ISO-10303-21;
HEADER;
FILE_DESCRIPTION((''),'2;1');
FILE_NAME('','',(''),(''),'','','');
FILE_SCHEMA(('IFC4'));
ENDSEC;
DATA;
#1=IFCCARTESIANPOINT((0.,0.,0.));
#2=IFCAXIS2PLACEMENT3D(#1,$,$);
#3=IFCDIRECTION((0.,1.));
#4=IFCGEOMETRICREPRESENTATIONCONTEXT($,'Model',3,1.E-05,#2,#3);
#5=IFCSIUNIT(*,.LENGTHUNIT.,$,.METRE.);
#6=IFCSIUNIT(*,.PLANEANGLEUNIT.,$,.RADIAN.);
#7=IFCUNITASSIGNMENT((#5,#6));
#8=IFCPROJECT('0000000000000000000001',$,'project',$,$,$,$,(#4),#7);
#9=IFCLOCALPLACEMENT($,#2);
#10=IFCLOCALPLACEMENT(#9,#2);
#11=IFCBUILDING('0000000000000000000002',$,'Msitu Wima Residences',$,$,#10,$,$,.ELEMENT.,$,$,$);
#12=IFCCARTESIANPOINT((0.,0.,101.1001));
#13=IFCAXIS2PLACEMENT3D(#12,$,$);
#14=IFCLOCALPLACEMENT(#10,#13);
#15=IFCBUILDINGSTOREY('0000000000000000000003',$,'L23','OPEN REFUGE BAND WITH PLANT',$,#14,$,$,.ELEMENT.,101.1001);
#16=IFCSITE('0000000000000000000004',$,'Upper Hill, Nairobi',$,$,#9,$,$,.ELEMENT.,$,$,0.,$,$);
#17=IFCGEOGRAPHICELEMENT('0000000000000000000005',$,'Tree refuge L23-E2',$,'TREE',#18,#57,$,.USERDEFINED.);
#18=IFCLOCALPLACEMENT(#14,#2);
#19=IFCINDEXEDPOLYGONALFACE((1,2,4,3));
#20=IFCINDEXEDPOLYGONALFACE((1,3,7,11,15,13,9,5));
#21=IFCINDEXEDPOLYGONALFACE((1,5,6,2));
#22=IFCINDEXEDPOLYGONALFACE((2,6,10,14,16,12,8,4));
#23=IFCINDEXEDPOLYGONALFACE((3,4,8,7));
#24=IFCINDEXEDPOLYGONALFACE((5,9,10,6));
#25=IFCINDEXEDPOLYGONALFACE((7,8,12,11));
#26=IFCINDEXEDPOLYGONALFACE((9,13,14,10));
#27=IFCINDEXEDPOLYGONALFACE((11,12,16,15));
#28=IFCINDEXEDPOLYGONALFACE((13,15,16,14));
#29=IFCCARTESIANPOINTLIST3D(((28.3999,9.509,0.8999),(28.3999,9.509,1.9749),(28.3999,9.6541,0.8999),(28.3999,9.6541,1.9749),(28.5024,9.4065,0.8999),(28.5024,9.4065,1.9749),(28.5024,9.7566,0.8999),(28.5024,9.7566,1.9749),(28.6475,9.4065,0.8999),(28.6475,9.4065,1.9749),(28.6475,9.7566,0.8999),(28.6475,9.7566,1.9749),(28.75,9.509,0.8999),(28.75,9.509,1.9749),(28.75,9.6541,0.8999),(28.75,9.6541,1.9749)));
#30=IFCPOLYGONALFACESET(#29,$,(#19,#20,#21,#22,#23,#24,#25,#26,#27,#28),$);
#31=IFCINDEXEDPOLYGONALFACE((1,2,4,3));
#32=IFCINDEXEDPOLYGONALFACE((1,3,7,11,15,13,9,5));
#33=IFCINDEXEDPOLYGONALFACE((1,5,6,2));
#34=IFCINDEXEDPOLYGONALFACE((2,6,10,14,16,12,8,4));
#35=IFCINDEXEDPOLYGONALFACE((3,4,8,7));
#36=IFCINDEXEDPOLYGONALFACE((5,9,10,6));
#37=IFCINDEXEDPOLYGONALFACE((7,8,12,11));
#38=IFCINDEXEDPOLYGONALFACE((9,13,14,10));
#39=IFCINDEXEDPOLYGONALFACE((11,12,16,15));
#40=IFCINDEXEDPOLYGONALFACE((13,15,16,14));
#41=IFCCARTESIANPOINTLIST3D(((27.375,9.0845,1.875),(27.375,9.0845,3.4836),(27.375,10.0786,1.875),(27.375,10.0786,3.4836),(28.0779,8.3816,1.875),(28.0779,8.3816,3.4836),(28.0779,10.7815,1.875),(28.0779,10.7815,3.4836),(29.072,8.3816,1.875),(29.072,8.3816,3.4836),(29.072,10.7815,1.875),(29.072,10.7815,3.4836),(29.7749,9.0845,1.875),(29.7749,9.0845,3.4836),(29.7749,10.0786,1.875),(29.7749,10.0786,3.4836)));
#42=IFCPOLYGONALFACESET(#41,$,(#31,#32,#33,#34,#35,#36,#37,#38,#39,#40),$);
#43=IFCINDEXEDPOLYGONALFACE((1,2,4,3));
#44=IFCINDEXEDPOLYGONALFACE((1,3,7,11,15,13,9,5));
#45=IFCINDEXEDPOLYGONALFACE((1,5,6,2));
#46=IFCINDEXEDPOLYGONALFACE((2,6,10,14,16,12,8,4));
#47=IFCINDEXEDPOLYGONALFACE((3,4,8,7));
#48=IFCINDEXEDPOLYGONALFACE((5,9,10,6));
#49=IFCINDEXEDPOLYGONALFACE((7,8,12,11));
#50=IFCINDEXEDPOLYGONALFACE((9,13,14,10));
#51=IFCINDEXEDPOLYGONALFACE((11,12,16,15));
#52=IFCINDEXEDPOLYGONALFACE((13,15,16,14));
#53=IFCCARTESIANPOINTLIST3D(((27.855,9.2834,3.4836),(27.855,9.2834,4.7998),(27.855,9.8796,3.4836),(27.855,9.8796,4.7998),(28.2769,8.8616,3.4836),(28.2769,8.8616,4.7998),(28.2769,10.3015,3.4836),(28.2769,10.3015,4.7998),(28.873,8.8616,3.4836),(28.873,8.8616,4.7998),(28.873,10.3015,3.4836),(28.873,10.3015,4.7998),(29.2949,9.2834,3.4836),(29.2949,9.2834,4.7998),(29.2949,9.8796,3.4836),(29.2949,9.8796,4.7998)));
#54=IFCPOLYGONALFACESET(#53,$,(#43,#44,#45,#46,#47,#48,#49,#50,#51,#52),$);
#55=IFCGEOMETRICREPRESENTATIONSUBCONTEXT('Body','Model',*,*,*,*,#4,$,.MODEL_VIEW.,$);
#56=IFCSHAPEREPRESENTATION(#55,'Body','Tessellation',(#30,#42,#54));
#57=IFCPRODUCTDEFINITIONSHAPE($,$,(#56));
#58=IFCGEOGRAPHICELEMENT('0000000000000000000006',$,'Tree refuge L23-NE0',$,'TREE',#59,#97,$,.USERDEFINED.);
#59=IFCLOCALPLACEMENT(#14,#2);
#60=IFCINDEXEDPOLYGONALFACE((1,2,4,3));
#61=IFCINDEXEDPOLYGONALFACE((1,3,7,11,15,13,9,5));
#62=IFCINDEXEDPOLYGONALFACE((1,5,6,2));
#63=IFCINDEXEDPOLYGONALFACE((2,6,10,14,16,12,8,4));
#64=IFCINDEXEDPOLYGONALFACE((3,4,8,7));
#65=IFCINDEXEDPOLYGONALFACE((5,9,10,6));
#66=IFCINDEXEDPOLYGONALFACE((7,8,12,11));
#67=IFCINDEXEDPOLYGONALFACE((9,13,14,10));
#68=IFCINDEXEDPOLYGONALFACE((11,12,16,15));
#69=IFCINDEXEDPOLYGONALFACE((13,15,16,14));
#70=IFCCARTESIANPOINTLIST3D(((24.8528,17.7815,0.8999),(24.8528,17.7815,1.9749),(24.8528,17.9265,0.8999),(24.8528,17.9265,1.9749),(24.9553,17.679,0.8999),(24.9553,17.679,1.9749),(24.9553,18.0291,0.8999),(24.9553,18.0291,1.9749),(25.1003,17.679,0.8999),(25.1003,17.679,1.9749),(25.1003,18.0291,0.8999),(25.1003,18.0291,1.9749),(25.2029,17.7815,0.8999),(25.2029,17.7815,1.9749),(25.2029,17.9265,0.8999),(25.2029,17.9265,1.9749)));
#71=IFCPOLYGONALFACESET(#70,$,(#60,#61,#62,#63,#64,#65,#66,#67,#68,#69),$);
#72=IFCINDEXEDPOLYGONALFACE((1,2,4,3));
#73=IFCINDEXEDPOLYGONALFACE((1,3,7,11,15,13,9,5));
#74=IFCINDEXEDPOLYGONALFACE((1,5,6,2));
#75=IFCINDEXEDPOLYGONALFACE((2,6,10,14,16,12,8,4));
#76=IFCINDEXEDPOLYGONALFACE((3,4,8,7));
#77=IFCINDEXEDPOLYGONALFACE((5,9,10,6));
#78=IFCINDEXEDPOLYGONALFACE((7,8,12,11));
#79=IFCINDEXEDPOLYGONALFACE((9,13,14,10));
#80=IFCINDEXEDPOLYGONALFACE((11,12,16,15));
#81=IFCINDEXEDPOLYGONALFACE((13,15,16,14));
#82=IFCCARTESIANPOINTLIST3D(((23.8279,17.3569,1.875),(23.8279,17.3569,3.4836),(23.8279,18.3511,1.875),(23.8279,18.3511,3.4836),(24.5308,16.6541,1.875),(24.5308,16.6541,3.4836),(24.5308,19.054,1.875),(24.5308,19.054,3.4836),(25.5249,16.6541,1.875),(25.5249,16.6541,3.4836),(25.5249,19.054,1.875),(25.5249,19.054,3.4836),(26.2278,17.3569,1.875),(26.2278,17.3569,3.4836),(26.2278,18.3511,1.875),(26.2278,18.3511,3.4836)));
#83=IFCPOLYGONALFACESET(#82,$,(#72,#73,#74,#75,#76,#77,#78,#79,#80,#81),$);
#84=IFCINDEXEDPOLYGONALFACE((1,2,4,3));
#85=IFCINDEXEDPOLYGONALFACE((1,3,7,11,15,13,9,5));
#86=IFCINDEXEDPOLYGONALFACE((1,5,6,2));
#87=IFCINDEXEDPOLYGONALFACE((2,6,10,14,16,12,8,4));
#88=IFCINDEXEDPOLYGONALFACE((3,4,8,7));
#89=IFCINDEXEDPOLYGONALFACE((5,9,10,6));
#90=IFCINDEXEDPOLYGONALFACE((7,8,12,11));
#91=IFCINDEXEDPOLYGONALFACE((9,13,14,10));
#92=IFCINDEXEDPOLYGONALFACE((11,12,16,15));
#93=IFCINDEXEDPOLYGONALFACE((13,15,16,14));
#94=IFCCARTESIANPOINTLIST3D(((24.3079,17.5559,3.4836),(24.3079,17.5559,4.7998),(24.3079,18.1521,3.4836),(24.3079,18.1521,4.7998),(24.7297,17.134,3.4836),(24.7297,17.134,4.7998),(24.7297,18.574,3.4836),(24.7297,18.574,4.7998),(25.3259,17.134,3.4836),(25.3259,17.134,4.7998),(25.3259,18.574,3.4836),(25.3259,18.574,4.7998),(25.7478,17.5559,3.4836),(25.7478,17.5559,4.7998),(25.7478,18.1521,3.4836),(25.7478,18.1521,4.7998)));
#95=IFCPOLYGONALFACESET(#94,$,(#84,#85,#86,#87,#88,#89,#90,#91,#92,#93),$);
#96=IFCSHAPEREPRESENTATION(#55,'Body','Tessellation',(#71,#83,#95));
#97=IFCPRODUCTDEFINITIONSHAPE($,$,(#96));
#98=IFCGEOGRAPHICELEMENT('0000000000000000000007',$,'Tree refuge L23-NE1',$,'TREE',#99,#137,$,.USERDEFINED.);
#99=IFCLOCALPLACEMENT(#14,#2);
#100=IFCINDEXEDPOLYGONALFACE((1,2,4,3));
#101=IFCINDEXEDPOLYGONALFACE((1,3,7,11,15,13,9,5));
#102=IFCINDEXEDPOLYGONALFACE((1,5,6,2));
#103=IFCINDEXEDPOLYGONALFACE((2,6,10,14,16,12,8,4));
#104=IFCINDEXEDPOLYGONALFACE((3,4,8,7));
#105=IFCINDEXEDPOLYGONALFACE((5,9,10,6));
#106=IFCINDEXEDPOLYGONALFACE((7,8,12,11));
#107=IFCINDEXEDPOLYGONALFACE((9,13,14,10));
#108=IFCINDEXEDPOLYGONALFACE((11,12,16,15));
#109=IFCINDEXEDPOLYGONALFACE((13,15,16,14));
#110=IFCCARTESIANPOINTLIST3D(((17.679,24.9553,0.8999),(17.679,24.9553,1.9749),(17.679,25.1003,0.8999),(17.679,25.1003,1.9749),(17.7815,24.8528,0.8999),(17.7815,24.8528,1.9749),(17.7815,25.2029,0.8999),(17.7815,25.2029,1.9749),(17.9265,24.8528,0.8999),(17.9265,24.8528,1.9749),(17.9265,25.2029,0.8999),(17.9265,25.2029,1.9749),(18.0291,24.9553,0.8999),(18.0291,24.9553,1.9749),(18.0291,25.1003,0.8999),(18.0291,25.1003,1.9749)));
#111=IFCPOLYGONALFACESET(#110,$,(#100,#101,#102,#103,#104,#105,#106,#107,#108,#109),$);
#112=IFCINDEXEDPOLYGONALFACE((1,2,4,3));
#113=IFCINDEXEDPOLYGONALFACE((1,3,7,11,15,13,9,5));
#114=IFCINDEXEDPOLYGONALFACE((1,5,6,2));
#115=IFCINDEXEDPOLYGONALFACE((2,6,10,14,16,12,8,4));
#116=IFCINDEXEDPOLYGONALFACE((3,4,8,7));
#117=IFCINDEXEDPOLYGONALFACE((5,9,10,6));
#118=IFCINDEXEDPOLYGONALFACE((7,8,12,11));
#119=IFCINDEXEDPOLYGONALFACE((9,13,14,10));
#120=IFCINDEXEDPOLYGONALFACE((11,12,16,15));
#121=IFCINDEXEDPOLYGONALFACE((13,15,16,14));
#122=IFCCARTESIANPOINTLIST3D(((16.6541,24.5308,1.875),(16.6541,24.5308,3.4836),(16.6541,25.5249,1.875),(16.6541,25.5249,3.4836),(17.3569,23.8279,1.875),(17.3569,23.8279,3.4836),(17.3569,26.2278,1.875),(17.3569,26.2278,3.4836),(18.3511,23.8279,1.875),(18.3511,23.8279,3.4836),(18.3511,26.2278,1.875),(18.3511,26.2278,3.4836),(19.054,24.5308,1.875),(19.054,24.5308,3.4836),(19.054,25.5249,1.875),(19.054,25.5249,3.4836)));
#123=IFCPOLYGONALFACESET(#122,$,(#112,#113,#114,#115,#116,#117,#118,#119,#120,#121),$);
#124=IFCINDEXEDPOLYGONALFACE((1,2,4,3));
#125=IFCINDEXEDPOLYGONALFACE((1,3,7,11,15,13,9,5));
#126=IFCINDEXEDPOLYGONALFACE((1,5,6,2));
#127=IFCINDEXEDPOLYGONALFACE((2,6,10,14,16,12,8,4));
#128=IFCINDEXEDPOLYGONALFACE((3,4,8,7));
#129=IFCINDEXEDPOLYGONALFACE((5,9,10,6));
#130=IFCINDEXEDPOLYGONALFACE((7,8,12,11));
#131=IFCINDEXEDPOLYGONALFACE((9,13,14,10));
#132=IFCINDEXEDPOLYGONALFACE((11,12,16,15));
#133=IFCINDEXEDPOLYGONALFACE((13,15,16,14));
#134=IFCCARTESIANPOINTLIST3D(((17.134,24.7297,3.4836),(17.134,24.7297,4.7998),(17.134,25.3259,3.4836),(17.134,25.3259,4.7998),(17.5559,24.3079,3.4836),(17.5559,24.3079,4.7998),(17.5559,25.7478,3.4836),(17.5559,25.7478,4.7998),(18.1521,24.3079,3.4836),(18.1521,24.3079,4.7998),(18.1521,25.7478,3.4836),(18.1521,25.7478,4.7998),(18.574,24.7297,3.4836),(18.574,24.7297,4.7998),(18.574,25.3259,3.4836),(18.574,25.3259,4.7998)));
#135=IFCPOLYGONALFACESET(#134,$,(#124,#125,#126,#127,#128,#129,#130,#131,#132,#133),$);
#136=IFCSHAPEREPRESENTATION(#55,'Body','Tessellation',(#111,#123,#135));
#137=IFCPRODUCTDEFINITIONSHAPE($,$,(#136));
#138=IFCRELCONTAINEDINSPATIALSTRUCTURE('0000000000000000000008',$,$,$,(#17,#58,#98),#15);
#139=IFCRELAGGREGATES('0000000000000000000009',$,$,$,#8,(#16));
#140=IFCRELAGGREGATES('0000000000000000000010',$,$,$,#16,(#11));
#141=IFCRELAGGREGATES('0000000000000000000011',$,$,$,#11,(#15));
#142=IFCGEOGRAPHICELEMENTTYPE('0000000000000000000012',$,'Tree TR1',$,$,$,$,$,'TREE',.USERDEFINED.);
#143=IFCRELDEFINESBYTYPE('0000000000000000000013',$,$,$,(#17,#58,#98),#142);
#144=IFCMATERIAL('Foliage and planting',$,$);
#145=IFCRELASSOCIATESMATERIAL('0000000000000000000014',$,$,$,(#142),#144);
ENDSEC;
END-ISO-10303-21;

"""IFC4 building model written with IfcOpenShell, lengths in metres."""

from ifc_helpers import new_model, si_unit, direction, frame, origin, place, context, subcontext, project, spatial, polyline, outline, extrude, material, type_object, element, save


model = new_model("IFC4")

# Units and contexts
model_context = context("Model", 3, precision=1e-05, world=origin(), true_north=direction((0.0, 1.0)))
body_context = subcontext(model_context, "Body", "Model", "MODEL_VIEW")
ifc_project = project(units=[si_unit("LENGTHUNIT", "METRE"), si_unit("PLANEANGLEUNIT", "RADIAN")], contexts=[model_context])

# Site, building, storey
site_placement = place(None, origin())
site = spatial("IfcSite", under=ifc_project, at=site_placement, Name="Upper Hill, Nairobi", CompositionType="ELEMENT", RefElevation=0.0)
building_placement = place(site_placement, origin())
building = spatial("IfcBuilding", under=site, at=building_placement, Name="Msitu Wima Residences", CompositionType="ELEMENT")
storey_placement = place(building_placement, frame((0.0, 0.0, 101.1001)))
storey = spatial("IfcBuildingStorey", under=building, at=storey_placement, Name="L23", Description="OPEN REFUGE BAND WITH PLANT", CompositionType="ELEMENT", Elevation=101.1001)

# Geographic elements
ifc_material_1 = material(Name="Foliage and planting")
geographic_element_type = type_object("IfcGeographicElementType", Name="Tree TR1", ElementType="TREE", PredefinedType="USERDEFINED", material=ifc_material_1)
for number, where, z_axis, x_axis, name in (
    (1, (28.575, 9.5815, 0.8999), (0.0, 0.0, 1.0), (1.0, 0.0, 0.0), "Tree refuge L23-E2"),
    (2, (25.0278, 17.854, 0.8999), (0.0, 0.0, 1.0), (1.0, 0.0, 0.0), "Tree refuge L23-NE0"),
    (3, (17.854, 25.0278, 0.8999), (0.0, 0.0, 1.0), (1.0, 0.0, 0.0), "Tree refuge L23-NE1"),
):
    element("IfcGeographicElement", number, at=place(storey_placement, frame(where, z_axis=z_axis, x_axis=x_axis)), inside=storey, type_object=geographic_element_type, Name=name, ObjectType="TREE", PredefinedType="USERDEFINED", context=body_context, shape_type="SweptSolid", body=[
        extrude(outline(polyline([(0.175, 0.0725), (0.0725, 0.175), (-0.0725, 0.175), (-0.175, 0.0725), (-0.175, -0.0725), (-0.0725, -0.175), (0.0725, -0.175), (0.175, -0.0725), (0.175, 0.0725)])), origin(), (0.0, 0.0, 1.0), 1.075),
        extrude(outline(polyline([(1.2, 0.4971), (0.4971, 1.2), (-0.4971, 1.2), (-1.2, 0.4971), (-1.2, -0.4971), (-0.4971, -1.2), (0.4971, -1.2), (1.2, -0.4971), (1.2, 0.4971)])), frame((0.0, 0.0, 0.9751)), (0.0, 0.0, 1.0), 1.6086),
        extrude(outline(polyline([(0.72, 0.2981), (0.2981, 0.72), (-0.2981, 0.72), (-0.72, 0.2981), (-0.72, -0.2981), (-0.2981, -0.72), (0.2981, -0.72), (0.72, -0.2981), (0.72, 0.2981)])), frame((0.0, 0.0, 2.5837)), (0.0, 0.0, 1.0), 1.3162),
    ])

save(model, "model.ifc")
